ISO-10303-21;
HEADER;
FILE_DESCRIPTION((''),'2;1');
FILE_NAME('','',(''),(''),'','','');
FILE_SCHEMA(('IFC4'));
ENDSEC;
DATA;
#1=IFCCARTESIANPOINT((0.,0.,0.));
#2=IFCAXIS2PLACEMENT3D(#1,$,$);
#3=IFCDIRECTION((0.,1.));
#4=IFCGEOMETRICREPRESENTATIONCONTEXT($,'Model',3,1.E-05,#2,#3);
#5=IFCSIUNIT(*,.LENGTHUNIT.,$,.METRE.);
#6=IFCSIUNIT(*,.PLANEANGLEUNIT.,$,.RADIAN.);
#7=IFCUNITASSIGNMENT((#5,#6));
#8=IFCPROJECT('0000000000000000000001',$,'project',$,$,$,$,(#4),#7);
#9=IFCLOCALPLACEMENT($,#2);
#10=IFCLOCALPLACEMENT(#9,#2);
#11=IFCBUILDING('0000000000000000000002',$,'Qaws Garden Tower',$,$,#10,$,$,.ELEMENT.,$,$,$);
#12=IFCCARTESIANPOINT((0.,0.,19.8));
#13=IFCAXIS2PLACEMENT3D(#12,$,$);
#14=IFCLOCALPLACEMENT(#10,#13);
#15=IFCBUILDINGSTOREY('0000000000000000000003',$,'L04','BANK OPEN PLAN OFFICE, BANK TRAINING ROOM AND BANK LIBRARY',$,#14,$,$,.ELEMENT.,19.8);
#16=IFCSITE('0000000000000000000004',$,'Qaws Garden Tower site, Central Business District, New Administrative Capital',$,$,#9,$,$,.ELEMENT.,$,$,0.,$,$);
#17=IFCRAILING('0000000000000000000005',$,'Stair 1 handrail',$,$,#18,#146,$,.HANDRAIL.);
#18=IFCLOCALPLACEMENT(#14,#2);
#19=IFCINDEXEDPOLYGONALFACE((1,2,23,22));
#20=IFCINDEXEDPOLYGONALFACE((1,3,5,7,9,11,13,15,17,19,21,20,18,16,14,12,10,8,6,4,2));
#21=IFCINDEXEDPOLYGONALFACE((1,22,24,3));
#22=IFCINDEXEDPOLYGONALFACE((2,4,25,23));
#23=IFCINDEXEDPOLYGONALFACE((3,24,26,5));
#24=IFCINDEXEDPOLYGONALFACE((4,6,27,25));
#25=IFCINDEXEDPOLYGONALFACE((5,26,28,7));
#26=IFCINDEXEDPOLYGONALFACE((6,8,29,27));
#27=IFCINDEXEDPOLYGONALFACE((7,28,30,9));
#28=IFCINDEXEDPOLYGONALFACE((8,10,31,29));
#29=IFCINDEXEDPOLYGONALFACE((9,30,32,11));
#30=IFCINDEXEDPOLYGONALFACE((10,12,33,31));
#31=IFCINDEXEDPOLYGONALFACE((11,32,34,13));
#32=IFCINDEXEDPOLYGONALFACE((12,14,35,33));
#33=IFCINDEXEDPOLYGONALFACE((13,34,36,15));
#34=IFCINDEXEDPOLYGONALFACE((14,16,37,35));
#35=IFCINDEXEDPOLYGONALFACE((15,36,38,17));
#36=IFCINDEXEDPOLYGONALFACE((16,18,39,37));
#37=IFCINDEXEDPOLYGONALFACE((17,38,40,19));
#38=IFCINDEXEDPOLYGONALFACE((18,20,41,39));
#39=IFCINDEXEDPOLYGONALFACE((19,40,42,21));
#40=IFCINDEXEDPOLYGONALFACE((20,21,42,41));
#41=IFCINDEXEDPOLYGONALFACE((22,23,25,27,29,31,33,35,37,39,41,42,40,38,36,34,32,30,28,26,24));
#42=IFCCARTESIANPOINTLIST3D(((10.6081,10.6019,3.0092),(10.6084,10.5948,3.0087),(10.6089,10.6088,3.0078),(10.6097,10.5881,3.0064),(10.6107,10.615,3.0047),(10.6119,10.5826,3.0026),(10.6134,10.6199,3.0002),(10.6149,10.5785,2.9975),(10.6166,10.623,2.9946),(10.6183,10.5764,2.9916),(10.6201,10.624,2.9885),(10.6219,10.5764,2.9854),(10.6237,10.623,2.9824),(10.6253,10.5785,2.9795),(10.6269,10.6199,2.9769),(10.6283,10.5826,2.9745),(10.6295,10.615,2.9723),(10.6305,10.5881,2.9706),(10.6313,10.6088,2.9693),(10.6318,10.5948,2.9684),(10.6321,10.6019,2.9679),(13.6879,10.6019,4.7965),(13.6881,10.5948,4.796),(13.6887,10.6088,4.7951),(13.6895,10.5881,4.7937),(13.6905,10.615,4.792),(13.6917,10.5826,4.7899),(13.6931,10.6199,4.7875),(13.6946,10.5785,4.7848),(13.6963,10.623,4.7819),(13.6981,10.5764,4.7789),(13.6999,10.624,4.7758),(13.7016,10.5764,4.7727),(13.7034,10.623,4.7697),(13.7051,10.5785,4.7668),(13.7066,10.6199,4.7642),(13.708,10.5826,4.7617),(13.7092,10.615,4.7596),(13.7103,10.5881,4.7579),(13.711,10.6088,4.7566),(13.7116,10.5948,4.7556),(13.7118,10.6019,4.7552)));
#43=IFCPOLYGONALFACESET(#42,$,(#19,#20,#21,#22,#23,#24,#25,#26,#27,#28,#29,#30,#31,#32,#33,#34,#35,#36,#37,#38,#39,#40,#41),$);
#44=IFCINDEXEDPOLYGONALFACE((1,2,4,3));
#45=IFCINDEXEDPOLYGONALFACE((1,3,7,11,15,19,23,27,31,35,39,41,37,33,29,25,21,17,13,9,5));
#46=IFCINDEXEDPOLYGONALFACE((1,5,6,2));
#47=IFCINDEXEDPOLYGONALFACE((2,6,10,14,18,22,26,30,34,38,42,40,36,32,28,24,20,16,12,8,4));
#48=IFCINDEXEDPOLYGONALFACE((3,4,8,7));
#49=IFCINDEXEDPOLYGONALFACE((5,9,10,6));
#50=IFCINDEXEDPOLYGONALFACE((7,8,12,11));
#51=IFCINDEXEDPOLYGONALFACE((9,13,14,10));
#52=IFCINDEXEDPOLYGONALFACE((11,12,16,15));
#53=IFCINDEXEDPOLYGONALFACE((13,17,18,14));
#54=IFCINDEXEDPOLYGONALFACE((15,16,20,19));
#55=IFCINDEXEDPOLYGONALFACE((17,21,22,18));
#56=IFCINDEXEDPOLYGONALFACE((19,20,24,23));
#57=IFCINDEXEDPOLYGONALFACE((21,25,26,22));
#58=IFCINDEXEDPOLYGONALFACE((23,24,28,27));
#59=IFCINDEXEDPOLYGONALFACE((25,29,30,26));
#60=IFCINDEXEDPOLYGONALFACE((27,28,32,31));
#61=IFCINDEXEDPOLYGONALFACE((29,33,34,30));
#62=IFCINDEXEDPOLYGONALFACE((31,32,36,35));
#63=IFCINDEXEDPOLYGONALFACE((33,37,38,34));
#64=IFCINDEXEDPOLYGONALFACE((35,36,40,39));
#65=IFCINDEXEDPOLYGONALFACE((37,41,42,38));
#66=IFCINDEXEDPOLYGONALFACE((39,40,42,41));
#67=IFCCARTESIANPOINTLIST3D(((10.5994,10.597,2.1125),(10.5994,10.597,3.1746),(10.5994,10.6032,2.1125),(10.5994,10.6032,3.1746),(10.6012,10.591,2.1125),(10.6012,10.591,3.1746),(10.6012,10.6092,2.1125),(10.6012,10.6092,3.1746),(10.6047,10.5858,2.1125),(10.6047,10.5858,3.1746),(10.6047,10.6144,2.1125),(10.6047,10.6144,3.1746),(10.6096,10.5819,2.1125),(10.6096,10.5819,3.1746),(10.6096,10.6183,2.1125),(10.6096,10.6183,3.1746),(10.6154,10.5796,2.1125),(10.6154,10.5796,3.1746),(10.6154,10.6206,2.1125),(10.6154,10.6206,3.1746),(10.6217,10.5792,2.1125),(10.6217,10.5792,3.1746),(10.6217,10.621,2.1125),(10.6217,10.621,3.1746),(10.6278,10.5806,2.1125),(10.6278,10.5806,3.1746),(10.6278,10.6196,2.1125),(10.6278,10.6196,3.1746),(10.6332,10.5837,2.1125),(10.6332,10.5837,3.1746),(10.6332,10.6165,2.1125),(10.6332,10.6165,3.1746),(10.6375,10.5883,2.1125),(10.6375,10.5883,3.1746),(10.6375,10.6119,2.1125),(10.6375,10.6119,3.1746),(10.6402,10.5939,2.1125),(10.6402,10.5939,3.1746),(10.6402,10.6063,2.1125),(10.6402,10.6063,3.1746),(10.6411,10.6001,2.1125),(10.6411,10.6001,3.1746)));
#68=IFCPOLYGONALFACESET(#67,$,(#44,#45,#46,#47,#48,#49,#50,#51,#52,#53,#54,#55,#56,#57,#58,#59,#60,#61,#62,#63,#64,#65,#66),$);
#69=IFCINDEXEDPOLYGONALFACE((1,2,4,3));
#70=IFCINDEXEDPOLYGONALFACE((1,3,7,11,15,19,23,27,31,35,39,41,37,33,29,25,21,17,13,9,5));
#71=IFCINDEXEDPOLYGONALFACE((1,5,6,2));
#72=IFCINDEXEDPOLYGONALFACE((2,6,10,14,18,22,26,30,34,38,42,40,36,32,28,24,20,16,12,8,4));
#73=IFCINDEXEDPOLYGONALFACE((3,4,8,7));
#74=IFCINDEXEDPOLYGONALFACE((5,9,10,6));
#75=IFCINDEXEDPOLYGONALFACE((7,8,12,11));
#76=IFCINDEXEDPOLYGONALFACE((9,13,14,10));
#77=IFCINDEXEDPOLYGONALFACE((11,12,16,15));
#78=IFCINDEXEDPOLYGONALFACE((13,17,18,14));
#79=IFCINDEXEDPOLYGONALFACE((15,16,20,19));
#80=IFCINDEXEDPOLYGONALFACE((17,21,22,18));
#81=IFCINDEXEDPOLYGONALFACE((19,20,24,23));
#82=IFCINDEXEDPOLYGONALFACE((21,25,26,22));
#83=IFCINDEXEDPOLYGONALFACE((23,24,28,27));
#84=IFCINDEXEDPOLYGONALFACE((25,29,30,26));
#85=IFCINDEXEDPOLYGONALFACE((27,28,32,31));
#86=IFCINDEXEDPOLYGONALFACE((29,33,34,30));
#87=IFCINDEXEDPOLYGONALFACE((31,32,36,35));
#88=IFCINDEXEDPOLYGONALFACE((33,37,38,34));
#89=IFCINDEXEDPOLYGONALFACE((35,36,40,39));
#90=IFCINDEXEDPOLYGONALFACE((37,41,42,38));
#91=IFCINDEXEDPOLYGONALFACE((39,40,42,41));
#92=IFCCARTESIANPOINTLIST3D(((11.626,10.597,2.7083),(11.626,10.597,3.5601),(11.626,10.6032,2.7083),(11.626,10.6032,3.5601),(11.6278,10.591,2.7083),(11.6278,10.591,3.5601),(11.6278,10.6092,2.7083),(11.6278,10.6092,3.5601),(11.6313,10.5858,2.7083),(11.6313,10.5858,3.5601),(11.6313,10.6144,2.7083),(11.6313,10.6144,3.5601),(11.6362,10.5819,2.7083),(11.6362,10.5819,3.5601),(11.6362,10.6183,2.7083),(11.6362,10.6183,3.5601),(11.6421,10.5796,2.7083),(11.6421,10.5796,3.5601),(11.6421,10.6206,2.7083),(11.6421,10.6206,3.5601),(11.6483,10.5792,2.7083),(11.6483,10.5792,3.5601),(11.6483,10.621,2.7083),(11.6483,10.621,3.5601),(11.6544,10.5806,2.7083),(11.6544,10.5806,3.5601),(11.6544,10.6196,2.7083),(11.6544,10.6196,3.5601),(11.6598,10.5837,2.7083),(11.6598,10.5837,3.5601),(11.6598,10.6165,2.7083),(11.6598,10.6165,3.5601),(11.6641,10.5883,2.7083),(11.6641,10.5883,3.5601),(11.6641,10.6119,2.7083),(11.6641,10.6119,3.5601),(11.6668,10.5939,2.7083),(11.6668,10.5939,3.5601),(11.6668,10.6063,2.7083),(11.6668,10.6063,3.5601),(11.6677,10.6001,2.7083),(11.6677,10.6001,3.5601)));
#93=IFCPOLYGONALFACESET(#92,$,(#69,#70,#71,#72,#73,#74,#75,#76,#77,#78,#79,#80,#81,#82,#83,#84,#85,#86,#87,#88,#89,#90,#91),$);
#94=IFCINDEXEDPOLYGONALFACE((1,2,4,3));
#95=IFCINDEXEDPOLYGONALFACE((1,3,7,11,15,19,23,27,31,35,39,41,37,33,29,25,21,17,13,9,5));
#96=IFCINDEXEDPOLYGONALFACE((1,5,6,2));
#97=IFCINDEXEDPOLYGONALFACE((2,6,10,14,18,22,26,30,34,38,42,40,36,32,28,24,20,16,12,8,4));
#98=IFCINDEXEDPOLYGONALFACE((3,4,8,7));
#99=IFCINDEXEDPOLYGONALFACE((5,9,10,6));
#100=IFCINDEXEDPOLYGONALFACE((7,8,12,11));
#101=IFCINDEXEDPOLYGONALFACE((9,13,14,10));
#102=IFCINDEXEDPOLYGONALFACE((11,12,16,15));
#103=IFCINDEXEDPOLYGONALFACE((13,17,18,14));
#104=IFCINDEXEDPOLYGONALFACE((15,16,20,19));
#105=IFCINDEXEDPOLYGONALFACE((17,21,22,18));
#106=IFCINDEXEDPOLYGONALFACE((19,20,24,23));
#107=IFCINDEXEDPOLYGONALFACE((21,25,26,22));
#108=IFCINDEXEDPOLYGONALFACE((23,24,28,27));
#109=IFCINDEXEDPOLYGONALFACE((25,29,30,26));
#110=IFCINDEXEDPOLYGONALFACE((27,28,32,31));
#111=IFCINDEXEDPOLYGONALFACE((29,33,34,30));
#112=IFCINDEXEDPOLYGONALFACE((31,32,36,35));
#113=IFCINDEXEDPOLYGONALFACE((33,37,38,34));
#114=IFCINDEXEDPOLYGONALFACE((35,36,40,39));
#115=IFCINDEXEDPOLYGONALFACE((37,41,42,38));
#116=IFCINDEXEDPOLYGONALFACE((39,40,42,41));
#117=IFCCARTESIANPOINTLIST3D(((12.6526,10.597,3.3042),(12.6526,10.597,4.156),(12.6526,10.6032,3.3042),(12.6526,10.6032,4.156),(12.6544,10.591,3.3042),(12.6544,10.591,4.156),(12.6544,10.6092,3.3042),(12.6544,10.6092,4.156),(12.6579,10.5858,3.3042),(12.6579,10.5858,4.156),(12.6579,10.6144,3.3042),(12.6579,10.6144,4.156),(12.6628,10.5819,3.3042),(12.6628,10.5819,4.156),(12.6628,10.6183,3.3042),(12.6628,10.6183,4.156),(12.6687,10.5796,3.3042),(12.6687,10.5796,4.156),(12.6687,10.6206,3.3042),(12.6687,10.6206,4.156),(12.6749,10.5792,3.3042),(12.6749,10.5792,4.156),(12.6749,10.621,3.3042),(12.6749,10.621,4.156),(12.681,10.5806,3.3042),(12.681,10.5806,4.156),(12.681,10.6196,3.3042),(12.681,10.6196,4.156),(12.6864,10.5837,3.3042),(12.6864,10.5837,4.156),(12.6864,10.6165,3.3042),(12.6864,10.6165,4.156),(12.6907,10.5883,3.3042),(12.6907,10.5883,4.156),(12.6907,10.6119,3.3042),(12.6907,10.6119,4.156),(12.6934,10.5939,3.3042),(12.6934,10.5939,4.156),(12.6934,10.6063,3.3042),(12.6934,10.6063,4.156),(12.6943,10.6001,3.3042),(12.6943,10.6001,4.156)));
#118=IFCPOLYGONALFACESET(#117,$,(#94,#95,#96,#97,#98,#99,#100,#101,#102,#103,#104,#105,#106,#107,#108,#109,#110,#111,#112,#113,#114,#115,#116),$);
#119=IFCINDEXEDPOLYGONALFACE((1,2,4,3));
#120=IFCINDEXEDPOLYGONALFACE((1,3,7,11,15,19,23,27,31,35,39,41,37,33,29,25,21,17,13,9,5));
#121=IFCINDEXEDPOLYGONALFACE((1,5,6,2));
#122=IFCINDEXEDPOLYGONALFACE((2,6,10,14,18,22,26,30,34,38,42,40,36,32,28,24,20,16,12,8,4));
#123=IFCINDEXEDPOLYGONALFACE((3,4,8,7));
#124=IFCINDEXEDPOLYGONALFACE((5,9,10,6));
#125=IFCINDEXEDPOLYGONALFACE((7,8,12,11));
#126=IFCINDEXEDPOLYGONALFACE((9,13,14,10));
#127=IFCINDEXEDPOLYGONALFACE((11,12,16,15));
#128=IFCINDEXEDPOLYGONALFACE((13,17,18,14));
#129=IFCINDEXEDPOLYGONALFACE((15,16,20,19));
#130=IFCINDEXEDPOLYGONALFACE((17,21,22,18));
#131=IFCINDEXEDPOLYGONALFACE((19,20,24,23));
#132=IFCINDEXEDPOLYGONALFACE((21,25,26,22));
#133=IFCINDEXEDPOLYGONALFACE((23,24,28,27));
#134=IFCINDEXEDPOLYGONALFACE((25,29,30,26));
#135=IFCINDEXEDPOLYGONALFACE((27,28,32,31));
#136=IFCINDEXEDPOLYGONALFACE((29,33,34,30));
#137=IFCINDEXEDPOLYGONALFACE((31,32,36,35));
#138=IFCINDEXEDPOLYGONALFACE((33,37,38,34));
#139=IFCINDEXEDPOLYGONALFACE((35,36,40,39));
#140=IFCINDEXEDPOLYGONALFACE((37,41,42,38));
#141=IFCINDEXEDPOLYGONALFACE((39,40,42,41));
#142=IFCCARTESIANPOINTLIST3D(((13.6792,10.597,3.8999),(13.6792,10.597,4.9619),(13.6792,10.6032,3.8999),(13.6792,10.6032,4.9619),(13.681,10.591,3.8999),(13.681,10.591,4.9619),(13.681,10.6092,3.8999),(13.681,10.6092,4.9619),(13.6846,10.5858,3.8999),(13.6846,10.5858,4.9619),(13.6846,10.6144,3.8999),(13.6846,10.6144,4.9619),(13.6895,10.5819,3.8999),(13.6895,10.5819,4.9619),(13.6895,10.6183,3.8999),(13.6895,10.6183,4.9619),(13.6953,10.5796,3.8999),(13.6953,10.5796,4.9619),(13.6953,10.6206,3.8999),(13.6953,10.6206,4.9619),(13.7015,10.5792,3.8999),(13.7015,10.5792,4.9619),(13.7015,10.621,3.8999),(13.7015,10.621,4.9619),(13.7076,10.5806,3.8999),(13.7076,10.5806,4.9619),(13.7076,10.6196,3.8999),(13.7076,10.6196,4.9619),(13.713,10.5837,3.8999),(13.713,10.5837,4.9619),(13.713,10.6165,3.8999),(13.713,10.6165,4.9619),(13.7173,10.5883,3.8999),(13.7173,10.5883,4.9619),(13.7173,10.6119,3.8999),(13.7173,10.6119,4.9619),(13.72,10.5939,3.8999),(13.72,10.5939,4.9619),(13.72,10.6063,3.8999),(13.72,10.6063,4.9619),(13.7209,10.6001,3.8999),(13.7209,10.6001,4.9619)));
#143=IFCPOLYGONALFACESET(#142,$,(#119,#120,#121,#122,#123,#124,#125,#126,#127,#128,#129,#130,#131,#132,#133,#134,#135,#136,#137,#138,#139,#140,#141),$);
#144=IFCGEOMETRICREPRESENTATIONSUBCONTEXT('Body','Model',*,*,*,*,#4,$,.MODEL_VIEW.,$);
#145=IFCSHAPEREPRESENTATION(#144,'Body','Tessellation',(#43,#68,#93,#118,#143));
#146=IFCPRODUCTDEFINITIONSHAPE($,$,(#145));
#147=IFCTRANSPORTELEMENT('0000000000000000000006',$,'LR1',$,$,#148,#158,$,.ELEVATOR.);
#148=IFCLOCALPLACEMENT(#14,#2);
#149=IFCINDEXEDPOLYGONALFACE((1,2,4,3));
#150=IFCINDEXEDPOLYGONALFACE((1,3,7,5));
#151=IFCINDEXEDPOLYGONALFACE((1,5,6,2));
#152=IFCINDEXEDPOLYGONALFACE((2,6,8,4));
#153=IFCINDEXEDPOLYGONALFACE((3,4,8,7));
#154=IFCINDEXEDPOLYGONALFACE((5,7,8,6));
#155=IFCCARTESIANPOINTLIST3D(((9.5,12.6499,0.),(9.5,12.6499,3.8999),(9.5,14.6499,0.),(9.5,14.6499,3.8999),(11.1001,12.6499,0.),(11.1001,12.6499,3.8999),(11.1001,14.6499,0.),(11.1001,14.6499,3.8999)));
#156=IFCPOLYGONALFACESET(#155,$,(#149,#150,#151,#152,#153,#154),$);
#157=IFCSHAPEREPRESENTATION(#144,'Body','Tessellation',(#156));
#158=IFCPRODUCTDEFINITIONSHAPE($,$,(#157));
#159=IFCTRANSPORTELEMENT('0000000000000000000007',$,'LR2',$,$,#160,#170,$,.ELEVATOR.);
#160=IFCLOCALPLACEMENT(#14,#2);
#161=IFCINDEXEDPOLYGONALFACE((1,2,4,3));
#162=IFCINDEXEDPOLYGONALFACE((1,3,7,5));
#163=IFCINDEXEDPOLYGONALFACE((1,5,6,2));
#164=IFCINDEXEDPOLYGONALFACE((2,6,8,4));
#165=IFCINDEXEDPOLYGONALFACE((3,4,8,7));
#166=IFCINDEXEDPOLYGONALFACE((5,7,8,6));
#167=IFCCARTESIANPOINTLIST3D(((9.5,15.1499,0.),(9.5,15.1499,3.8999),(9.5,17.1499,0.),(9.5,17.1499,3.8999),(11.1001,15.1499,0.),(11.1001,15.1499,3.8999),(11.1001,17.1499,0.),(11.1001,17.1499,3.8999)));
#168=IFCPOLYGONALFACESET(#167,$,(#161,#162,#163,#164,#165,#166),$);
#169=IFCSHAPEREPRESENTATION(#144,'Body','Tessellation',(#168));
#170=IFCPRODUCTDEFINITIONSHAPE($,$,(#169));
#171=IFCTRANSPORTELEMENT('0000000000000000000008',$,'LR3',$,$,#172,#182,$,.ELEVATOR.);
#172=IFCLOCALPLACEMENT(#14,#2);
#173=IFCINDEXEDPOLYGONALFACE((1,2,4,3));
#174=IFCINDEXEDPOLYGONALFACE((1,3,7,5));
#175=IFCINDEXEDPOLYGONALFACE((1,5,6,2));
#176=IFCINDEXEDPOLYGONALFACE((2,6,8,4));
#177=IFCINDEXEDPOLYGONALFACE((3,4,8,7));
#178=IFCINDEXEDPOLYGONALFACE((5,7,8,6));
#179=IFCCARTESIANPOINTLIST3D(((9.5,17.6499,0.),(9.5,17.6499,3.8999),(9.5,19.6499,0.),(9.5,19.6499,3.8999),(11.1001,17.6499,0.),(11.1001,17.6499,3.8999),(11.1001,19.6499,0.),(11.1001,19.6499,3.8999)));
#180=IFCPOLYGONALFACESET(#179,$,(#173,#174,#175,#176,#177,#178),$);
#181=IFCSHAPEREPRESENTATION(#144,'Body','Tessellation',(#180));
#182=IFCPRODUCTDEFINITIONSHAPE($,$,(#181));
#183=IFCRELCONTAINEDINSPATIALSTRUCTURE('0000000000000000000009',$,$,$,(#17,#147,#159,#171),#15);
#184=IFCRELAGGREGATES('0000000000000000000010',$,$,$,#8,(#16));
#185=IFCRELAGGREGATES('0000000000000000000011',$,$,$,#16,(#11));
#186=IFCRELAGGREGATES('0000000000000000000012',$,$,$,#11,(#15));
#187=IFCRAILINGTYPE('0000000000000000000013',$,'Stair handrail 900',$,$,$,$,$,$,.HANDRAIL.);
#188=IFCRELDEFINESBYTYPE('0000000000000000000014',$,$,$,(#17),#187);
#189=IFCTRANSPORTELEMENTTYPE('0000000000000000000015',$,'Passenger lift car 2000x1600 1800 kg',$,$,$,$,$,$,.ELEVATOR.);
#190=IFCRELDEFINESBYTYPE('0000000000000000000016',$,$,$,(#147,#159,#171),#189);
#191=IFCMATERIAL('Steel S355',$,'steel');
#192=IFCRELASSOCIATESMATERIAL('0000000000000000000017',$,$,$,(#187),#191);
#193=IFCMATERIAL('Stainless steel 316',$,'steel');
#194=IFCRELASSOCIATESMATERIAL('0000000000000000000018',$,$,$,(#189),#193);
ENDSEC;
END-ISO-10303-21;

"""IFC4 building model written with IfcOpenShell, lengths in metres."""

from ifc_helpers import new_model, si_unit, direction, frame, origin, origin_2d, place, context, subcontext, project, spatial, rectangle, circle, extrude, material, type_object, element, save


model = new_model("IFC4")

# Units and contexts
model_context = context("Model", 3, precision=1e-05, world=origin(), true_north=direction((0.0, 1.0)))
body_context = subcontext(model_context, "Body", "Model", "MODEL_VIEW")
ifc_project = project(units=[si_unit("LENGTHUNIT", "METRE"), si_unit("PLANEANGLEUNIT", "RADIAN")], contexts=[model_context])

# Site, building, storey
site_placement = place(None, origin())
site = spatial("IfcSite", under=ifc_project, at=site_placement, Name="Qaws Garden Tower site, Central Business District, New Administrative Capital", CompositionType="ELEMENT", RefElevation=0.0)
building_placement = place(site_placement, origin())
building = spatial("IfcBuilding", under=site, at=building_placement, Name="Qaws Garden Tower", CompositionType="ELEMENT")
storey_placement = place(building_placement, frame((0.0, 0.0, 19.8)))
storey = spatial("IfcBuildingStorey", under=building, at=storey_placement, Name="L04", Description="BANK OPEN PLAN OFFICE, BANK TRAINING ROOM AND BANK LIBRARY", CompositionType="ELEMENT", Elevation=19.8)

# Railing
ifc_material_1 = material(Name="Steel S355", Category="steel")
railing_type = type_object("IfcRailingType", Name="Stair handrail 900", PredefinedType="HANDRAIL", material=ifc_material_1)
railing_placement = place(storey_placement, frame((10.6201, 10.6001, 2.1125)))
element("IfcRailing", 1, at=railing_placement, inside=storey, type_object=railing_type, Name="Stair 1 handrail", PredefinedType="HANDRAIL", context=body_context, shape_type="SweptSolid", body=[
    extrude(circle(Radius=0.0239, at=origin_2d()), frame((0.0, 0.0, 0.876), z_axis=(0.864903, 0.0, 0.501939), x_axis=(0.0, 1.0, 0.0)), (0.0, 0.0, 1.0), 3.5608),
    extrude(circle(Radius=0.021, at=origin_2d()), origin(), (0.0, 0.0, 1.0), 1.062),
    extrude(circle(Radius=0.021, at=origin_2d()), frame((1.0266, 0.0, 0.5957)), (0.0, 0.0, 1.0), 0.8518),
    extrude(circle(Radius=0.021, at=origin_2d()), frame((2.0532, 0.0, 1.1917)), (0.0, 0.0, 1.0), 0.8518),
    extrude(circle(Radius=0.021, at=origin_2d()), frame((3.0798, 0.0, 1.7874)), (0.0, 0.0, 1.0), 1.062),
])

# Transport elements
ifc_material_2 = material(Name="Stainless steel 316", Category="steel")
transport_element_type = type_object("IfcTransportElementType", Name="Passenger lift car 2000x1600 1800 kg", PredefinedType="ELEVATOR", material=ifc_material_2)
for number, where, z_axis, x_axis, name in (
    (2, (10.3, 13.6499, 0.0), (0.0, 0.0, 1.0), (1.0, 0.0, 0.0), "LR1"),
    (3, (10.3, 16.1499, 0.0), (0.0, 0.0, 1.0), (1.0, 0.0, 0.0), "LR2"),
    (4, (10.3, 18.6499, 0.0), (0.0, 0.0, 1.0), (1.0, 0.0, 0.0), "LR3"),
):
    element("IfcTransportElement", number, at=place(storey_placement, frame(where, z_axis=z_axis, x_axis=x_axis)), inside=storey, type_object=transport_element_type, Name=name, PredefinedType="ELEVATOR", context=body_context, shape_type="SweptSolid", body=[
        extrude(rectangle(XDim=1.6001, YDim=2.0, at=origin_2d()), origin(), (0.0, 0.0, 1.0), 3.8999),
    ])

save(model, "model.ifc")
